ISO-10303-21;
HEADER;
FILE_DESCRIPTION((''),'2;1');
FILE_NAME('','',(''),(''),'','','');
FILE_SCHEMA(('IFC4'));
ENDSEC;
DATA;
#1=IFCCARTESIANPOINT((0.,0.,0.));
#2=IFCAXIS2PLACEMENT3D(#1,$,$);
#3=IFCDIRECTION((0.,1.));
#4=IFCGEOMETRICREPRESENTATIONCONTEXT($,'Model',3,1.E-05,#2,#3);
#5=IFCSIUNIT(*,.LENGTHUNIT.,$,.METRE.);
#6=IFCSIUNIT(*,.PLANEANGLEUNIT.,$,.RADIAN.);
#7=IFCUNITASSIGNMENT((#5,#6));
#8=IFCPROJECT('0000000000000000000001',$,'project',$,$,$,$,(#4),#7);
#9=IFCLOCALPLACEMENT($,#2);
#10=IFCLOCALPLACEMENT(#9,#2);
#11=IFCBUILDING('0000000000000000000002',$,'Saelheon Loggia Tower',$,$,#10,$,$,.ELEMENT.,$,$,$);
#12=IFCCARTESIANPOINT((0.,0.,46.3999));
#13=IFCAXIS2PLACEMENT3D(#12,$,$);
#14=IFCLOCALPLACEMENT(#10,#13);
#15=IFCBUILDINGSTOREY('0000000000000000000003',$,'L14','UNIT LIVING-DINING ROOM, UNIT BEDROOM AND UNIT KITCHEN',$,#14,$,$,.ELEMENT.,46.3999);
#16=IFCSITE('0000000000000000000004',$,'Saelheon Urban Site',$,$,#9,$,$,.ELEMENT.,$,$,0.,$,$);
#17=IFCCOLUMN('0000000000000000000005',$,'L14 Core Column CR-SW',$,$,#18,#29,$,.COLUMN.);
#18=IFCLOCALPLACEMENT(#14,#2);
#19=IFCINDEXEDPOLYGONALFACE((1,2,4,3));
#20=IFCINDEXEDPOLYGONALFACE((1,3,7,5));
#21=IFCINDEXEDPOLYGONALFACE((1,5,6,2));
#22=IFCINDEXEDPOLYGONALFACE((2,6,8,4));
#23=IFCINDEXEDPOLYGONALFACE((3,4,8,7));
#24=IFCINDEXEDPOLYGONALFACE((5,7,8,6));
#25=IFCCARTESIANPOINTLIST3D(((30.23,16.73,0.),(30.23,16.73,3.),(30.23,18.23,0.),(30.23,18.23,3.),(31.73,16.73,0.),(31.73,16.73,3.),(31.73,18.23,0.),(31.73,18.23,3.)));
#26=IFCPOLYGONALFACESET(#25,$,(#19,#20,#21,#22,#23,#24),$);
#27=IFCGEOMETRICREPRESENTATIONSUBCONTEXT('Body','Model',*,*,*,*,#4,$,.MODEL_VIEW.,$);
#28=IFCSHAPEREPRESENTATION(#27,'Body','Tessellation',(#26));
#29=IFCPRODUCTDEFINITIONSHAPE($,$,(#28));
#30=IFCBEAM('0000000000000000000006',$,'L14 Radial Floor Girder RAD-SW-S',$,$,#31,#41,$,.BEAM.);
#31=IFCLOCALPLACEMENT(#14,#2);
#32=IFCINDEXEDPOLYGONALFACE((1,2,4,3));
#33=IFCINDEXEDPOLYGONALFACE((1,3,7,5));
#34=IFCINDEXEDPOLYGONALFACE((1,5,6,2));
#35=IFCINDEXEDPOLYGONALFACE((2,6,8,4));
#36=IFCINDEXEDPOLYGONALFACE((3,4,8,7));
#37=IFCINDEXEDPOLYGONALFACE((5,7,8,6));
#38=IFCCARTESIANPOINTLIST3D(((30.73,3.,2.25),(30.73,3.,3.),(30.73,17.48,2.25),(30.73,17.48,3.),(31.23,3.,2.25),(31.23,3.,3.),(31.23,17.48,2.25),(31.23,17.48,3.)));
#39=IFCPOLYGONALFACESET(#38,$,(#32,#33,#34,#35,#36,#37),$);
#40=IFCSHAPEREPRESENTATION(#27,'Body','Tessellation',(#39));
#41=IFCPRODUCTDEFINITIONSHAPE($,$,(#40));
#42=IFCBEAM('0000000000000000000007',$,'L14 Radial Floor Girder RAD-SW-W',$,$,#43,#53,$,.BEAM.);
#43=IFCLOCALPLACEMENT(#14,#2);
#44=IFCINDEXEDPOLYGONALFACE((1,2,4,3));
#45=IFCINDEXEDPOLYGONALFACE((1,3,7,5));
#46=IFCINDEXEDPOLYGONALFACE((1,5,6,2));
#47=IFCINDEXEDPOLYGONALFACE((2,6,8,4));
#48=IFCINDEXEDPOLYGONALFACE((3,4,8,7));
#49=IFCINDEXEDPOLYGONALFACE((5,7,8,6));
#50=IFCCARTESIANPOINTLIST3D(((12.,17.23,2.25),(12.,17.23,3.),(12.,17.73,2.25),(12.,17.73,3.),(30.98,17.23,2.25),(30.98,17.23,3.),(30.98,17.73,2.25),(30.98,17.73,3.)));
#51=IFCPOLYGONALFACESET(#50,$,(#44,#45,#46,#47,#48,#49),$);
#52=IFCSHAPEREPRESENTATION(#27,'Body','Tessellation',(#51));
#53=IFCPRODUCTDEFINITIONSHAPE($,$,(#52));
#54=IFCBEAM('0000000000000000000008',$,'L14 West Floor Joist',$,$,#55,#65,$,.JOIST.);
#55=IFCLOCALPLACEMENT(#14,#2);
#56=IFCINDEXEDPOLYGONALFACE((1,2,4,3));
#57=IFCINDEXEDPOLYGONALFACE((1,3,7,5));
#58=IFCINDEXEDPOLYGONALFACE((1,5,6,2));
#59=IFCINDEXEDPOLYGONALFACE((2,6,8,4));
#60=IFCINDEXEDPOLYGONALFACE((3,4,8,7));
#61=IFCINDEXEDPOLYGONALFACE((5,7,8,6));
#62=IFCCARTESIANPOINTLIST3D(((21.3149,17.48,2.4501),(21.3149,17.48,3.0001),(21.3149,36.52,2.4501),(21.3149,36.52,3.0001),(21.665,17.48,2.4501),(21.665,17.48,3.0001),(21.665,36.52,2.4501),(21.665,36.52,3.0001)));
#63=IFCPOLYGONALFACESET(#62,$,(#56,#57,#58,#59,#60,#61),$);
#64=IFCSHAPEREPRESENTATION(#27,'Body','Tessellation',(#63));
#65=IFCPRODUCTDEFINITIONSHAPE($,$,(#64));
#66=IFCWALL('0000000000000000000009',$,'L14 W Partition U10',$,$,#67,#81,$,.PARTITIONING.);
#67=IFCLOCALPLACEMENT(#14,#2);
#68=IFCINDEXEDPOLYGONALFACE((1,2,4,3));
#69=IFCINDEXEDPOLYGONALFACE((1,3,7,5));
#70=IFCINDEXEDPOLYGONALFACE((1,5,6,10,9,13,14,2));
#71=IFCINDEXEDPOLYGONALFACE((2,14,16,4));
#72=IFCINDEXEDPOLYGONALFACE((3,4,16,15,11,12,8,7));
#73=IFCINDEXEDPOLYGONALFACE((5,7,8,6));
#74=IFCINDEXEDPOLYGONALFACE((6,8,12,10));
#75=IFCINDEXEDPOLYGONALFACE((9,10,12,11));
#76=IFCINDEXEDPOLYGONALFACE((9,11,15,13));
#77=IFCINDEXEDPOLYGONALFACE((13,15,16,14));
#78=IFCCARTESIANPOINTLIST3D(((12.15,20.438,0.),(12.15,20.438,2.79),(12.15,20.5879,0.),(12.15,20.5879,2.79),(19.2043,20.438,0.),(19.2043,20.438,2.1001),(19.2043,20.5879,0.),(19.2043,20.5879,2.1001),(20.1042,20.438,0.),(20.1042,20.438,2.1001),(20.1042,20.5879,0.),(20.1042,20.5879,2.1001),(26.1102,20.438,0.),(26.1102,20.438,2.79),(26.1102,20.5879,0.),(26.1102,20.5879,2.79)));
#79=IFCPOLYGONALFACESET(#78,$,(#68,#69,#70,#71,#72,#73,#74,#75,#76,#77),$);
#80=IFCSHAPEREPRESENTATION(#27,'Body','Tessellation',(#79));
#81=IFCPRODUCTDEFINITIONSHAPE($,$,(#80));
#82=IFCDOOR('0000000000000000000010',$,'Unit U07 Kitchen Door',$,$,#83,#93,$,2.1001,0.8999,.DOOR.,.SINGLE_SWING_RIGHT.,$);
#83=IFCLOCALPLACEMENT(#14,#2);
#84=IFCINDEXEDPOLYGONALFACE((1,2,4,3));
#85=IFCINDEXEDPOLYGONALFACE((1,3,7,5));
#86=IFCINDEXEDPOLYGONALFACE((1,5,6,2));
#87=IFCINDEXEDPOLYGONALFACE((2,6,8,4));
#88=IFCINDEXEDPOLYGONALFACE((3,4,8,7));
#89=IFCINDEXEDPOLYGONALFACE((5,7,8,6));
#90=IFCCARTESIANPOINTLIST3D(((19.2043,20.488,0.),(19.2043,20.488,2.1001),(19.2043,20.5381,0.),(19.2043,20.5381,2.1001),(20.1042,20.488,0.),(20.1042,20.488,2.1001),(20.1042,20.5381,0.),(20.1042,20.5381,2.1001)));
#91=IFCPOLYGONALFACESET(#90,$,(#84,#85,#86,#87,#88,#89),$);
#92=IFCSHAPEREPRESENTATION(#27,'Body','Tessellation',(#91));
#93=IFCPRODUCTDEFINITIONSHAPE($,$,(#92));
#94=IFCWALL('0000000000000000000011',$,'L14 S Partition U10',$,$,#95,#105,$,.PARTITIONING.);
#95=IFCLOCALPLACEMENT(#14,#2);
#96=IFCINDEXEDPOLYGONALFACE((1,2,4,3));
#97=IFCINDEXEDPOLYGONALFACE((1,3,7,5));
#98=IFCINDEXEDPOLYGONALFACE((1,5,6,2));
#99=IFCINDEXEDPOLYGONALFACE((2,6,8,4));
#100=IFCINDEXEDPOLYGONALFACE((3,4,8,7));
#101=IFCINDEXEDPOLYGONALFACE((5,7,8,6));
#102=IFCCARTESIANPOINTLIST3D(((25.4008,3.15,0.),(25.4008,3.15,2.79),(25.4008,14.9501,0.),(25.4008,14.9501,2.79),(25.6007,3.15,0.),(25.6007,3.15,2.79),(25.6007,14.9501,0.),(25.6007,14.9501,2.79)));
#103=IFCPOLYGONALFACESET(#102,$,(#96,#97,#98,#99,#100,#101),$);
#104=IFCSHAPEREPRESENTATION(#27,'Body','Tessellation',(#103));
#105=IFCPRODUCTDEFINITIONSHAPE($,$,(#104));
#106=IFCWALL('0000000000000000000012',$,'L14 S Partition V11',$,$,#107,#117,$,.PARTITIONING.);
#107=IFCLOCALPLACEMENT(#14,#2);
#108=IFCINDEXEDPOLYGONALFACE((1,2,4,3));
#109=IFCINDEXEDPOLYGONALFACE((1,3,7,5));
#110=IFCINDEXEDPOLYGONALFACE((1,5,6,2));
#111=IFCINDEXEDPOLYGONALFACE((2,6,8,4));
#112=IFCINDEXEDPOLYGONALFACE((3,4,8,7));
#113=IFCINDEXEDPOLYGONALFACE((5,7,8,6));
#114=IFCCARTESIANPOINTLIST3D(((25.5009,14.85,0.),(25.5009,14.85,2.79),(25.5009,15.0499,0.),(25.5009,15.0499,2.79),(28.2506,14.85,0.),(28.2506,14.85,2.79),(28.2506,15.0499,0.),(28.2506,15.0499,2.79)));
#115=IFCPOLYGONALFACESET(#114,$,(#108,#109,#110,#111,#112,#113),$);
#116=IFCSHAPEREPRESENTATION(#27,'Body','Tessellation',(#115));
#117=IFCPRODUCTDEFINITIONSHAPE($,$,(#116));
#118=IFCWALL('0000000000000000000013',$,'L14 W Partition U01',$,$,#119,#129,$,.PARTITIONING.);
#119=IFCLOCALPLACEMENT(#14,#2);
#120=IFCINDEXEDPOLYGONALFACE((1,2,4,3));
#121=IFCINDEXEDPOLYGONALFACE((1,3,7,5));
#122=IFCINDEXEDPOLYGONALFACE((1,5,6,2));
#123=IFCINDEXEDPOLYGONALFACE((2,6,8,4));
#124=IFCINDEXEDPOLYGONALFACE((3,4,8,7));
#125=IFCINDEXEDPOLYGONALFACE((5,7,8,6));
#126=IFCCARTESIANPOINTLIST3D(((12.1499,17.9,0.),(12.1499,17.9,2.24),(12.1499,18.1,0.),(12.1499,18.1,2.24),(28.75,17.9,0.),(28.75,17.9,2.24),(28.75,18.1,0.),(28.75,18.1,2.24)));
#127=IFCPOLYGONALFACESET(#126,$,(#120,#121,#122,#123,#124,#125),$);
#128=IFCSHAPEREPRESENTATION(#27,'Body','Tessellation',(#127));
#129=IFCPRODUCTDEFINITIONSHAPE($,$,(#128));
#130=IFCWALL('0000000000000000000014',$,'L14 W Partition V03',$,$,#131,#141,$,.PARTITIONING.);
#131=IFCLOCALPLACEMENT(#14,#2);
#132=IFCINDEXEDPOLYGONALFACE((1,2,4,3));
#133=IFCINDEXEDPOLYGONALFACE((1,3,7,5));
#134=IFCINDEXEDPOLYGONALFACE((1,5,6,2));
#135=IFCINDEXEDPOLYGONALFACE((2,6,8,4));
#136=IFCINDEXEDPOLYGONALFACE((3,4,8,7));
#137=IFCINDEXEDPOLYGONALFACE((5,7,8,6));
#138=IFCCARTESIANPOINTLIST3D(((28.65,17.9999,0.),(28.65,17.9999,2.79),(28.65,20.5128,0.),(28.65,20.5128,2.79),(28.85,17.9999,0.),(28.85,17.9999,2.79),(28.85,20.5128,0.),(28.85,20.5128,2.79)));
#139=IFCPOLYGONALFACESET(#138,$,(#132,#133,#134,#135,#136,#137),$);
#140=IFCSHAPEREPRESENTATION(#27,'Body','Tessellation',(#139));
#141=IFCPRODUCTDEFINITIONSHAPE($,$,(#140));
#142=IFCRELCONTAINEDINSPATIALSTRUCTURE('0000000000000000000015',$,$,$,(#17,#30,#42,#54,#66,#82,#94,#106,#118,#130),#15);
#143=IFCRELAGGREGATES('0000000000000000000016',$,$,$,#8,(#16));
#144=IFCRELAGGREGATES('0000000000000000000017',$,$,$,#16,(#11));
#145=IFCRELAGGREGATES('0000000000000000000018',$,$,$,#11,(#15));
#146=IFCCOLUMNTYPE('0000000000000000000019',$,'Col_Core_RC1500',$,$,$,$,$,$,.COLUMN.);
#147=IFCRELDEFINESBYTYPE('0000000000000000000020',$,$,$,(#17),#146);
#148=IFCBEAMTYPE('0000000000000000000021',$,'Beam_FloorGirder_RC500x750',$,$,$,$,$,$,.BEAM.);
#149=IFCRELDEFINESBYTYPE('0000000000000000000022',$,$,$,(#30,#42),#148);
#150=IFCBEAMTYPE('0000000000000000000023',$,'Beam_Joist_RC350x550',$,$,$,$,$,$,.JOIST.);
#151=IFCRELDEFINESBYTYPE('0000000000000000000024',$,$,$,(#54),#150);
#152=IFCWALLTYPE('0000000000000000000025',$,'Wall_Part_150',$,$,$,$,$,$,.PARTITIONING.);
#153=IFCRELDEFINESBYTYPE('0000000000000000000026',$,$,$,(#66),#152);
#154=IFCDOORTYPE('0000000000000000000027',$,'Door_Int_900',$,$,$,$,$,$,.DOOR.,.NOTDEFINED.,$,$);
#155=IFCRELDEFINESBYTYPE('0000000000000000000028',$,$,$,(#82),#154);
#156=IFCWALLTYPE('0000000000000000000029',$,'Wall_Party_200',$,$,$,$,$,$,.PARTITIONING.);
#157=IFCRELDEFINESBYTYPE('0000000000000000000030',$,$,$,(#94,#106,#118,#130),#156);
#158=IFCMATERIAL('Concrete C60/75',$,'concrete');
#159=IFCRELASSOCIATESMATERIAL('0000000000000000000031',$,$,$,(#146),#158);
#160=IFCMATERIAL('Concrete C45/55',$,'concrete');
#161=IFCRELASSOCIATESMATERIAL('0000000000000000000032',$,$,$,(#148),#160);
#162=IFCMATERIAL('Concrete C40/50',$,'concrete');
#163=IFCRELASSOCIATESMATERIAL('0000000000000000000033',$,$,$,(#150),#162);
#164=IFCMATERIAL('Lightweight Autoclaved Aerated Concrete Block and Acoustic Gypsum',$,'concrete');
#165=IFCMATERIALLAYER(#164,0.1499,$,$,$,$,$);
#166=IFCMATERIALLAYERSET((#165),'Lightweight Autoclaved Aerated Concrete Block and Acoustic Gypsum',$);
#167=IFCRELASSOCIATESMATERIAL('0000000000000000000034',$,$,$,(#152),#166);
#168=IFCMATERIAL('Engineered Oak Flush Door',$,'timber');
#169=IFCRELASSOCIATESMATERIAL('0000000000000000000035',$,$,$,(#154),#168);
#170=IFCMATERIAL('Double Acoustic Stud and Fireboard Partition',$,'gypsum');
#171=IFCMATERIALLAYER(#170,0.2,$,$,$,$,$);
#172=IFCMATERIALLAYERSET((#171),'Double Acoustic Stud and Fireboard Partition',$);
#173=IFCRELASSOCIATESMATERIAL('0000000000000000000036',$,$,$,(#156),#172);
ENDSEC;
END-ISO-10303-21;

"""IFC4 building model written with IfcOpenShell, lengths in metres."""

from ifc_helpers import new_model, si_unit, direction, frame, frame_2d, origin, origin_2d, place, context, subcontext, project, spatial, rectangle, extrude, source, transform, mapped, material, layer, layer_set, material_profile, profile_set, type_object, element, fill, save


model = new_model("IFC4")

# Units and contexts
model_context = context("Model", 3, precision=1e-05, world=origin(), true_north=direction((0.0, 1.0)))
body_context = subcontext(model_context, "Body", "Model", "MODEL_VIEW")
ifc_project = project(units=[si_unit("LENGTHUNIT", "METRE"), si_unit("PLANEANGLEUNIT", "RADIAN")], contexts=[model_context])

# Site, building, storey
site_placement = place(None, origin())
site = spatial("IfcSite", under=ifc_project, at=site_placement, Name="Saelheon Urban Site", CompositionType="ELEMENT", RefElevation=0.0)
building_placement = place(site_placement, origin())
building = spatial("IfcBuilding", under=site, at=building_placement, Name="Saelheon Loggia Tower", CompositionType="ELEMENT")
storey_placement = place(building_placement, frame((0.0, 0.0, 46.3999)))
storey = spatial("IfcBuildingStorey", under=building, at=storey_placement, Name="L14", Description="UNIT LIVING-DINING ROOM, UNIT BEDROOM AND UNIT KITCHEN", CompositionType="ELEMENT", Elevation=46.3999)

# Column
ifc_material_1 = material(Name="Concrete C60/75", Category="concrete")
ifc_material_profile_1 = material_profile(ifc_material_1, rectangle(XDim=1.5, YDim=1.5, at=origin_2d()), Name="RC-1500x1500")
ifc_profile_set_1 = profile_set([ifc_material_profile_1], Name="Concrete C60/75")
column_type = type_object("IfcColumnType", Name="Col_Core_RC1500", PredefinedType="COLUMN", material=ifc_profile_set_1)
shared_shape_1 = source(origin(), body_context, "Body", "SweptSolid", [
    extrude(rectangle(XDim=1.5, YDim=1.5, at=origin_2d()), origin(), (0.0, 0.0, 1.0), 3.0),
])
column_placement = place(storey_placement, frame((30.98, 17.48, 0.0), z_axis=(0.0, 0.0, 1.0), x_axis=(1.0, 0.0, 0.0)))
element("IfcColumn", 1, at=column_placement, inside=storey, type_object=column_type, Name="L14 Core Column CR-SW", PredefinedType="COLUMN", context=body_context, shape_type="MappedRepresentation", body=[
    mapped(shared_shape_1, transform((0.0, 0.0, 0.0), scale=1.0)),
])

# Beams
ifc_material_2 = material(Name="Concrete C45/55", Category="concrete")
ifc_material_profile_2 = material_profile(ifc_material_2, rectangle(XDim=0.5, YDim=0.75, at=origin_2d()), Name="RC-500x750")
ifc_profile_set_2 = profile_set([ifc_material_profile_2], Name="Concrete C45/55")
beam_type_1 = type_object("IfcBeamType", Name="Beam_FloorGirder_RC500x750", PredefinedType="BEAM", material=ifc_profile_set_2)
shared_shape_2 = source(origin(), body_context, "Body", "SweptSolid", [
    extrude(rectangle(XDim=0.5, YDim=0.75, at=origin_2d()), origin(), (0.0, 0.0, 1.0), 14.48),
])
beam_1_placement = place(storey_placement, frame((30.98, 17.48, 2.625), z_axis=(0.0, -1.0, 0.0), x_axis=(1.0, 0.0, 0.0)))
element("IfcBeam", 2, at=beam_1_placement, inside=storey, type_object=beam_type_1, Name="L14 Radial Floor Girder RAD-SW-S", PredefinedType="BEAM", context=body_context, shape_type="MappedRepresentation", body=[
    mapped(shared_shape_2, transform((0.0, 0.0, 0.0), scale=1.0)),
])
shared_shape_3 = source(origin(), body_context, "Body", "SweptSolid", [
    extrude(rectangle(XDim=0.5, YDim=0.75, at=origin_2d()), origin(), (0.0, 0.0, 1.0), 18.98),
])
beam_2_placement = place(storey_placement, frame((30.98, 17.48, 2.625), z_axis=(-1.0, 0.0, 0.0), x_axis=(0.0, -1.0, 0.0)))
element("IfcBeam", 3, at=beam_2_placement, inside=storey, type_object=beam_type_1, Name="L14 Radial Floor Girder RAD-SW-W", PredefinedType="BEAM", context=body_context, shape_type="MappedRepresentation", body=[
    mapped(shared_shape_3, transform((0.0, 0.0, 0.0), scale=1.0)),
])
ifc_material_3 = material(Name="Concrete C40/50", Category="concrete")
ifc_material_profile_3 = material_profile(ifc_material_3, rectangle(XDim=0.3501, YDim=0.55, at=origin_2d()), Name="RC-350x550")
ifc_profile_set_3 = profile_set([ifc_material_profile_3], Name="Concrete C40/50")
beam_type_2 = type_object("IfcBeamType", Name="Beam_Joist_RC350x550", PredefinedType="JOIST", material=ifc_profile_set_3)
shared_shape_4 = source(origin(), body_context, "Body", "SweptSolid", [
    extrude(rectangle(XDim=0.3501, YDim=0.55, at=origin_2d()), origin(), (0.0, 0.0, 1.0), 19.04),
])
beam_3_placement = place(storey_placement, frame((21.49, 17.48, 2.7251), z_axis=(0.0, 1.0, 0.0), x_axis=(-1.0, 0.0, 0.0)))
element("IfcBeam", 4, at=beam_3_placement, inside=storey, type_object=beam_type_2, Name="L14 West Floor Joist", PredefinedType="JOIST", context=body_context, shape_type="MappedRepresentation", body=[
    mapped(shared_shape_4, transform((0.0, 0.0, 0.0), scale=1.0)),
])

# Wall, opening, door
ifc_material_4 = material(Name="Lightweight Autoclaved Aerated Concrete Block and Acoustic Gypsum", Category="concrete")
ifc_layer_1 = layer(ifc_material_4, 0.1499)
ifc_layer_set_1 = layer_set([ifc_layer_1], Name="Lightweight Autoclaved Aerated Concrete Block and Acoustic Gypsum")
wall_type_1 = type_object("IfcWallType", Name="Wall_Part_150", PredefinedType="PARTITIONING", material=ifc_layer_set_1)
wall_1_placement = place(storey_placement, frame((26.1101, 20.5129, 0.0), z_axis=(0.0, 0.0, 1.0), x_axis=(-1.0, 0.0, 0.0)))
wall_1 = element("IfcWall", 5, at=wall_1_placement, inside=storey, type_object=wall_type_1, Name="L14 W Partition U10", PredefinedType="PARTITIONING", context=body_context, shape_type="SweptSolid", body=[
    extrude(rectangle(XDim=13.9602, YDim=0.1499, at=frame_2d((6.98, 0.0))), origin(), (0.0, 0.0, 1.0), 2.79),
])
opening_1_placement = place(wall_1_placement, frame((6.0059, 0.0, 0.0)))
opening_1 = element("IfcOpeningElement", 6, at=opening_1_placement, cuts=wall_1, PredefinedType="OPENING", context=body_context, shape_type="SweptSolid", body=[
    extrude(rectangle(XDim=0.8999, YDim=2.1001, at=frame_2d((0.45, 1.05))), frame((0.0, 0.0869, 0.0), z_axis=(0.0, -1.0, 0.0), x_axis=(1.0, 0.0, 0.0)), (0.0, 0.0, 1.0), 0.1738),
])
ifc_material_5 = material(Name="Engineered Oak Flush Door", Category="timber")
door_type_1 = type_object("IfcDoorType", Name="Door_Int_900", OperationType="NOTDEFINED", PredefinedType="DOOR", material=ifc_material_5)
shared_shape_5 = source(origin(), body_context, "Body", "SweptSolid", [
    extrude(rectangle(XDim=0.8999, YDim=2.1001, at=frame_2d((0.45, 1.05))), frame((0.0, 0.0249, 0.0), z_axis=(0.0, -1.0, 0.0), x_axis=(1.0, 0.0, 0.0)), (0.0, 0.0, 1.0), 0.05),
])
door_1_placement = place(opening_1_placement, origin())
door_1 = element("IfcDoor", 7, at=door_1_placement, inside=storey, type_object=door_type_1, Name="Unit U07 Kitchen Door", OperationType="SINGLE_SWING_RIGHT", OverallHeight=2.1001, OverallWidth=0.8999, PredefinedType="DOOR", context=body_context, shape_type="MappedRepresentation", body=[
    mapped(shared_shape_5, transform((0.0, 0.0, 0.0), scale=1.0)),
])
fill(opening_1, door_1)

# Walls
ifc_material_6 = material(Name="Double Acoustic Stud and Fireboard Partition", Category="gypsum")
ifc_layer_2 = layer(ifc_material_6, 0.2)
ifc_layer_set_2 = layer_set([ifc_layer_2], Name="Double Acoustic Stud and Fireboard Partition")
wall_type_2 = type_object("IfcWallType", Name="Wall_Party_200", PredefinedType="PARTITIONING", material=ifc_layer_set_2)
wall_2_placement = place(storey_placement, frame((25.5007, 14.95, 0.0), z_axis=(0.0, 0.0, 1.0), x_axis=(0.0, -1.0, 0.0)))
element("IfcWall", 8, at=wall_2_placement, inside=storey, type_object=wall_type_2, Name="L14 S Partition U10", PredefinedType="PARTITIONING", context=body_context, shape_type="SweptSolid", body=[
    extrude(rectangle(XDim=11.8, YDim=0.2, at=frame_2d((5.8999, 0.0))), origin(), (0.0, 0.0, 1.0), 2.79),
])
wall_3_placement = place(storey_placement, frame((25.5007, 14.95, 0.0), z_axis=(0.0, 0.0, 1.0), x_axis=(1.0, 0.0, 0.0)))
element("IfcWall", 9, at=wall_3_placement, inside=storey, type_object=wall_type_2, Name="L14 S Partition V11", PredefinedType="PARTITIONING", context=body_context, shape_type="SweptSolid", body=[
    extrude(rectangle(XDim=2.7498, YDim=0.2, at=frame_2d((1.375, 0.0))), origin(), (0.0, 0.0, 1.0), 2.79),
])

# Walls
wall_4_placement = place(storey_placement, frame((28.75, 18.0, 0.0), z_axis=(0.0, 0.0, 1.0), x_axis=(-1.0, 0.0, 0.0)))
element("IfcWall", 10, at=wall_4_placement, inside=storey, type_object=wall_type_2, Name="L14 W Partition U01", PredefinedType="PARTITIONING", context=body_context, shape_type="SweptSolid", body=[
    extrude(rectangle(XDim=16.6001, YDim=0.2, at=frame_2d((8.3, 0.0))), origin(), (0.0, 0.0, 1.0), 2.24),
])
wall_5_placement = place(storey_placement, frame((28.75, 18.0, 0.0), z_axis=(0.0, 0.0, 1.0), x_axis=(0.0, 1.0, 0.0)))
element("IfcWall", 11, at=wall_5_placement, inside=storey, type_object=wall_type_2, Name="L14 W Partition V03", PredefinedType="PARTITIONING", context=body_context, shape_type="SweptSolid", body=[
    extrude(rectangle(XDim=2.5129, YDim=0.2, at=frame_2d((1.2563, 0.0))), origin(), (0.0, 0.0, 1.0), 2.79),
])

save(model, "model.ifc")
